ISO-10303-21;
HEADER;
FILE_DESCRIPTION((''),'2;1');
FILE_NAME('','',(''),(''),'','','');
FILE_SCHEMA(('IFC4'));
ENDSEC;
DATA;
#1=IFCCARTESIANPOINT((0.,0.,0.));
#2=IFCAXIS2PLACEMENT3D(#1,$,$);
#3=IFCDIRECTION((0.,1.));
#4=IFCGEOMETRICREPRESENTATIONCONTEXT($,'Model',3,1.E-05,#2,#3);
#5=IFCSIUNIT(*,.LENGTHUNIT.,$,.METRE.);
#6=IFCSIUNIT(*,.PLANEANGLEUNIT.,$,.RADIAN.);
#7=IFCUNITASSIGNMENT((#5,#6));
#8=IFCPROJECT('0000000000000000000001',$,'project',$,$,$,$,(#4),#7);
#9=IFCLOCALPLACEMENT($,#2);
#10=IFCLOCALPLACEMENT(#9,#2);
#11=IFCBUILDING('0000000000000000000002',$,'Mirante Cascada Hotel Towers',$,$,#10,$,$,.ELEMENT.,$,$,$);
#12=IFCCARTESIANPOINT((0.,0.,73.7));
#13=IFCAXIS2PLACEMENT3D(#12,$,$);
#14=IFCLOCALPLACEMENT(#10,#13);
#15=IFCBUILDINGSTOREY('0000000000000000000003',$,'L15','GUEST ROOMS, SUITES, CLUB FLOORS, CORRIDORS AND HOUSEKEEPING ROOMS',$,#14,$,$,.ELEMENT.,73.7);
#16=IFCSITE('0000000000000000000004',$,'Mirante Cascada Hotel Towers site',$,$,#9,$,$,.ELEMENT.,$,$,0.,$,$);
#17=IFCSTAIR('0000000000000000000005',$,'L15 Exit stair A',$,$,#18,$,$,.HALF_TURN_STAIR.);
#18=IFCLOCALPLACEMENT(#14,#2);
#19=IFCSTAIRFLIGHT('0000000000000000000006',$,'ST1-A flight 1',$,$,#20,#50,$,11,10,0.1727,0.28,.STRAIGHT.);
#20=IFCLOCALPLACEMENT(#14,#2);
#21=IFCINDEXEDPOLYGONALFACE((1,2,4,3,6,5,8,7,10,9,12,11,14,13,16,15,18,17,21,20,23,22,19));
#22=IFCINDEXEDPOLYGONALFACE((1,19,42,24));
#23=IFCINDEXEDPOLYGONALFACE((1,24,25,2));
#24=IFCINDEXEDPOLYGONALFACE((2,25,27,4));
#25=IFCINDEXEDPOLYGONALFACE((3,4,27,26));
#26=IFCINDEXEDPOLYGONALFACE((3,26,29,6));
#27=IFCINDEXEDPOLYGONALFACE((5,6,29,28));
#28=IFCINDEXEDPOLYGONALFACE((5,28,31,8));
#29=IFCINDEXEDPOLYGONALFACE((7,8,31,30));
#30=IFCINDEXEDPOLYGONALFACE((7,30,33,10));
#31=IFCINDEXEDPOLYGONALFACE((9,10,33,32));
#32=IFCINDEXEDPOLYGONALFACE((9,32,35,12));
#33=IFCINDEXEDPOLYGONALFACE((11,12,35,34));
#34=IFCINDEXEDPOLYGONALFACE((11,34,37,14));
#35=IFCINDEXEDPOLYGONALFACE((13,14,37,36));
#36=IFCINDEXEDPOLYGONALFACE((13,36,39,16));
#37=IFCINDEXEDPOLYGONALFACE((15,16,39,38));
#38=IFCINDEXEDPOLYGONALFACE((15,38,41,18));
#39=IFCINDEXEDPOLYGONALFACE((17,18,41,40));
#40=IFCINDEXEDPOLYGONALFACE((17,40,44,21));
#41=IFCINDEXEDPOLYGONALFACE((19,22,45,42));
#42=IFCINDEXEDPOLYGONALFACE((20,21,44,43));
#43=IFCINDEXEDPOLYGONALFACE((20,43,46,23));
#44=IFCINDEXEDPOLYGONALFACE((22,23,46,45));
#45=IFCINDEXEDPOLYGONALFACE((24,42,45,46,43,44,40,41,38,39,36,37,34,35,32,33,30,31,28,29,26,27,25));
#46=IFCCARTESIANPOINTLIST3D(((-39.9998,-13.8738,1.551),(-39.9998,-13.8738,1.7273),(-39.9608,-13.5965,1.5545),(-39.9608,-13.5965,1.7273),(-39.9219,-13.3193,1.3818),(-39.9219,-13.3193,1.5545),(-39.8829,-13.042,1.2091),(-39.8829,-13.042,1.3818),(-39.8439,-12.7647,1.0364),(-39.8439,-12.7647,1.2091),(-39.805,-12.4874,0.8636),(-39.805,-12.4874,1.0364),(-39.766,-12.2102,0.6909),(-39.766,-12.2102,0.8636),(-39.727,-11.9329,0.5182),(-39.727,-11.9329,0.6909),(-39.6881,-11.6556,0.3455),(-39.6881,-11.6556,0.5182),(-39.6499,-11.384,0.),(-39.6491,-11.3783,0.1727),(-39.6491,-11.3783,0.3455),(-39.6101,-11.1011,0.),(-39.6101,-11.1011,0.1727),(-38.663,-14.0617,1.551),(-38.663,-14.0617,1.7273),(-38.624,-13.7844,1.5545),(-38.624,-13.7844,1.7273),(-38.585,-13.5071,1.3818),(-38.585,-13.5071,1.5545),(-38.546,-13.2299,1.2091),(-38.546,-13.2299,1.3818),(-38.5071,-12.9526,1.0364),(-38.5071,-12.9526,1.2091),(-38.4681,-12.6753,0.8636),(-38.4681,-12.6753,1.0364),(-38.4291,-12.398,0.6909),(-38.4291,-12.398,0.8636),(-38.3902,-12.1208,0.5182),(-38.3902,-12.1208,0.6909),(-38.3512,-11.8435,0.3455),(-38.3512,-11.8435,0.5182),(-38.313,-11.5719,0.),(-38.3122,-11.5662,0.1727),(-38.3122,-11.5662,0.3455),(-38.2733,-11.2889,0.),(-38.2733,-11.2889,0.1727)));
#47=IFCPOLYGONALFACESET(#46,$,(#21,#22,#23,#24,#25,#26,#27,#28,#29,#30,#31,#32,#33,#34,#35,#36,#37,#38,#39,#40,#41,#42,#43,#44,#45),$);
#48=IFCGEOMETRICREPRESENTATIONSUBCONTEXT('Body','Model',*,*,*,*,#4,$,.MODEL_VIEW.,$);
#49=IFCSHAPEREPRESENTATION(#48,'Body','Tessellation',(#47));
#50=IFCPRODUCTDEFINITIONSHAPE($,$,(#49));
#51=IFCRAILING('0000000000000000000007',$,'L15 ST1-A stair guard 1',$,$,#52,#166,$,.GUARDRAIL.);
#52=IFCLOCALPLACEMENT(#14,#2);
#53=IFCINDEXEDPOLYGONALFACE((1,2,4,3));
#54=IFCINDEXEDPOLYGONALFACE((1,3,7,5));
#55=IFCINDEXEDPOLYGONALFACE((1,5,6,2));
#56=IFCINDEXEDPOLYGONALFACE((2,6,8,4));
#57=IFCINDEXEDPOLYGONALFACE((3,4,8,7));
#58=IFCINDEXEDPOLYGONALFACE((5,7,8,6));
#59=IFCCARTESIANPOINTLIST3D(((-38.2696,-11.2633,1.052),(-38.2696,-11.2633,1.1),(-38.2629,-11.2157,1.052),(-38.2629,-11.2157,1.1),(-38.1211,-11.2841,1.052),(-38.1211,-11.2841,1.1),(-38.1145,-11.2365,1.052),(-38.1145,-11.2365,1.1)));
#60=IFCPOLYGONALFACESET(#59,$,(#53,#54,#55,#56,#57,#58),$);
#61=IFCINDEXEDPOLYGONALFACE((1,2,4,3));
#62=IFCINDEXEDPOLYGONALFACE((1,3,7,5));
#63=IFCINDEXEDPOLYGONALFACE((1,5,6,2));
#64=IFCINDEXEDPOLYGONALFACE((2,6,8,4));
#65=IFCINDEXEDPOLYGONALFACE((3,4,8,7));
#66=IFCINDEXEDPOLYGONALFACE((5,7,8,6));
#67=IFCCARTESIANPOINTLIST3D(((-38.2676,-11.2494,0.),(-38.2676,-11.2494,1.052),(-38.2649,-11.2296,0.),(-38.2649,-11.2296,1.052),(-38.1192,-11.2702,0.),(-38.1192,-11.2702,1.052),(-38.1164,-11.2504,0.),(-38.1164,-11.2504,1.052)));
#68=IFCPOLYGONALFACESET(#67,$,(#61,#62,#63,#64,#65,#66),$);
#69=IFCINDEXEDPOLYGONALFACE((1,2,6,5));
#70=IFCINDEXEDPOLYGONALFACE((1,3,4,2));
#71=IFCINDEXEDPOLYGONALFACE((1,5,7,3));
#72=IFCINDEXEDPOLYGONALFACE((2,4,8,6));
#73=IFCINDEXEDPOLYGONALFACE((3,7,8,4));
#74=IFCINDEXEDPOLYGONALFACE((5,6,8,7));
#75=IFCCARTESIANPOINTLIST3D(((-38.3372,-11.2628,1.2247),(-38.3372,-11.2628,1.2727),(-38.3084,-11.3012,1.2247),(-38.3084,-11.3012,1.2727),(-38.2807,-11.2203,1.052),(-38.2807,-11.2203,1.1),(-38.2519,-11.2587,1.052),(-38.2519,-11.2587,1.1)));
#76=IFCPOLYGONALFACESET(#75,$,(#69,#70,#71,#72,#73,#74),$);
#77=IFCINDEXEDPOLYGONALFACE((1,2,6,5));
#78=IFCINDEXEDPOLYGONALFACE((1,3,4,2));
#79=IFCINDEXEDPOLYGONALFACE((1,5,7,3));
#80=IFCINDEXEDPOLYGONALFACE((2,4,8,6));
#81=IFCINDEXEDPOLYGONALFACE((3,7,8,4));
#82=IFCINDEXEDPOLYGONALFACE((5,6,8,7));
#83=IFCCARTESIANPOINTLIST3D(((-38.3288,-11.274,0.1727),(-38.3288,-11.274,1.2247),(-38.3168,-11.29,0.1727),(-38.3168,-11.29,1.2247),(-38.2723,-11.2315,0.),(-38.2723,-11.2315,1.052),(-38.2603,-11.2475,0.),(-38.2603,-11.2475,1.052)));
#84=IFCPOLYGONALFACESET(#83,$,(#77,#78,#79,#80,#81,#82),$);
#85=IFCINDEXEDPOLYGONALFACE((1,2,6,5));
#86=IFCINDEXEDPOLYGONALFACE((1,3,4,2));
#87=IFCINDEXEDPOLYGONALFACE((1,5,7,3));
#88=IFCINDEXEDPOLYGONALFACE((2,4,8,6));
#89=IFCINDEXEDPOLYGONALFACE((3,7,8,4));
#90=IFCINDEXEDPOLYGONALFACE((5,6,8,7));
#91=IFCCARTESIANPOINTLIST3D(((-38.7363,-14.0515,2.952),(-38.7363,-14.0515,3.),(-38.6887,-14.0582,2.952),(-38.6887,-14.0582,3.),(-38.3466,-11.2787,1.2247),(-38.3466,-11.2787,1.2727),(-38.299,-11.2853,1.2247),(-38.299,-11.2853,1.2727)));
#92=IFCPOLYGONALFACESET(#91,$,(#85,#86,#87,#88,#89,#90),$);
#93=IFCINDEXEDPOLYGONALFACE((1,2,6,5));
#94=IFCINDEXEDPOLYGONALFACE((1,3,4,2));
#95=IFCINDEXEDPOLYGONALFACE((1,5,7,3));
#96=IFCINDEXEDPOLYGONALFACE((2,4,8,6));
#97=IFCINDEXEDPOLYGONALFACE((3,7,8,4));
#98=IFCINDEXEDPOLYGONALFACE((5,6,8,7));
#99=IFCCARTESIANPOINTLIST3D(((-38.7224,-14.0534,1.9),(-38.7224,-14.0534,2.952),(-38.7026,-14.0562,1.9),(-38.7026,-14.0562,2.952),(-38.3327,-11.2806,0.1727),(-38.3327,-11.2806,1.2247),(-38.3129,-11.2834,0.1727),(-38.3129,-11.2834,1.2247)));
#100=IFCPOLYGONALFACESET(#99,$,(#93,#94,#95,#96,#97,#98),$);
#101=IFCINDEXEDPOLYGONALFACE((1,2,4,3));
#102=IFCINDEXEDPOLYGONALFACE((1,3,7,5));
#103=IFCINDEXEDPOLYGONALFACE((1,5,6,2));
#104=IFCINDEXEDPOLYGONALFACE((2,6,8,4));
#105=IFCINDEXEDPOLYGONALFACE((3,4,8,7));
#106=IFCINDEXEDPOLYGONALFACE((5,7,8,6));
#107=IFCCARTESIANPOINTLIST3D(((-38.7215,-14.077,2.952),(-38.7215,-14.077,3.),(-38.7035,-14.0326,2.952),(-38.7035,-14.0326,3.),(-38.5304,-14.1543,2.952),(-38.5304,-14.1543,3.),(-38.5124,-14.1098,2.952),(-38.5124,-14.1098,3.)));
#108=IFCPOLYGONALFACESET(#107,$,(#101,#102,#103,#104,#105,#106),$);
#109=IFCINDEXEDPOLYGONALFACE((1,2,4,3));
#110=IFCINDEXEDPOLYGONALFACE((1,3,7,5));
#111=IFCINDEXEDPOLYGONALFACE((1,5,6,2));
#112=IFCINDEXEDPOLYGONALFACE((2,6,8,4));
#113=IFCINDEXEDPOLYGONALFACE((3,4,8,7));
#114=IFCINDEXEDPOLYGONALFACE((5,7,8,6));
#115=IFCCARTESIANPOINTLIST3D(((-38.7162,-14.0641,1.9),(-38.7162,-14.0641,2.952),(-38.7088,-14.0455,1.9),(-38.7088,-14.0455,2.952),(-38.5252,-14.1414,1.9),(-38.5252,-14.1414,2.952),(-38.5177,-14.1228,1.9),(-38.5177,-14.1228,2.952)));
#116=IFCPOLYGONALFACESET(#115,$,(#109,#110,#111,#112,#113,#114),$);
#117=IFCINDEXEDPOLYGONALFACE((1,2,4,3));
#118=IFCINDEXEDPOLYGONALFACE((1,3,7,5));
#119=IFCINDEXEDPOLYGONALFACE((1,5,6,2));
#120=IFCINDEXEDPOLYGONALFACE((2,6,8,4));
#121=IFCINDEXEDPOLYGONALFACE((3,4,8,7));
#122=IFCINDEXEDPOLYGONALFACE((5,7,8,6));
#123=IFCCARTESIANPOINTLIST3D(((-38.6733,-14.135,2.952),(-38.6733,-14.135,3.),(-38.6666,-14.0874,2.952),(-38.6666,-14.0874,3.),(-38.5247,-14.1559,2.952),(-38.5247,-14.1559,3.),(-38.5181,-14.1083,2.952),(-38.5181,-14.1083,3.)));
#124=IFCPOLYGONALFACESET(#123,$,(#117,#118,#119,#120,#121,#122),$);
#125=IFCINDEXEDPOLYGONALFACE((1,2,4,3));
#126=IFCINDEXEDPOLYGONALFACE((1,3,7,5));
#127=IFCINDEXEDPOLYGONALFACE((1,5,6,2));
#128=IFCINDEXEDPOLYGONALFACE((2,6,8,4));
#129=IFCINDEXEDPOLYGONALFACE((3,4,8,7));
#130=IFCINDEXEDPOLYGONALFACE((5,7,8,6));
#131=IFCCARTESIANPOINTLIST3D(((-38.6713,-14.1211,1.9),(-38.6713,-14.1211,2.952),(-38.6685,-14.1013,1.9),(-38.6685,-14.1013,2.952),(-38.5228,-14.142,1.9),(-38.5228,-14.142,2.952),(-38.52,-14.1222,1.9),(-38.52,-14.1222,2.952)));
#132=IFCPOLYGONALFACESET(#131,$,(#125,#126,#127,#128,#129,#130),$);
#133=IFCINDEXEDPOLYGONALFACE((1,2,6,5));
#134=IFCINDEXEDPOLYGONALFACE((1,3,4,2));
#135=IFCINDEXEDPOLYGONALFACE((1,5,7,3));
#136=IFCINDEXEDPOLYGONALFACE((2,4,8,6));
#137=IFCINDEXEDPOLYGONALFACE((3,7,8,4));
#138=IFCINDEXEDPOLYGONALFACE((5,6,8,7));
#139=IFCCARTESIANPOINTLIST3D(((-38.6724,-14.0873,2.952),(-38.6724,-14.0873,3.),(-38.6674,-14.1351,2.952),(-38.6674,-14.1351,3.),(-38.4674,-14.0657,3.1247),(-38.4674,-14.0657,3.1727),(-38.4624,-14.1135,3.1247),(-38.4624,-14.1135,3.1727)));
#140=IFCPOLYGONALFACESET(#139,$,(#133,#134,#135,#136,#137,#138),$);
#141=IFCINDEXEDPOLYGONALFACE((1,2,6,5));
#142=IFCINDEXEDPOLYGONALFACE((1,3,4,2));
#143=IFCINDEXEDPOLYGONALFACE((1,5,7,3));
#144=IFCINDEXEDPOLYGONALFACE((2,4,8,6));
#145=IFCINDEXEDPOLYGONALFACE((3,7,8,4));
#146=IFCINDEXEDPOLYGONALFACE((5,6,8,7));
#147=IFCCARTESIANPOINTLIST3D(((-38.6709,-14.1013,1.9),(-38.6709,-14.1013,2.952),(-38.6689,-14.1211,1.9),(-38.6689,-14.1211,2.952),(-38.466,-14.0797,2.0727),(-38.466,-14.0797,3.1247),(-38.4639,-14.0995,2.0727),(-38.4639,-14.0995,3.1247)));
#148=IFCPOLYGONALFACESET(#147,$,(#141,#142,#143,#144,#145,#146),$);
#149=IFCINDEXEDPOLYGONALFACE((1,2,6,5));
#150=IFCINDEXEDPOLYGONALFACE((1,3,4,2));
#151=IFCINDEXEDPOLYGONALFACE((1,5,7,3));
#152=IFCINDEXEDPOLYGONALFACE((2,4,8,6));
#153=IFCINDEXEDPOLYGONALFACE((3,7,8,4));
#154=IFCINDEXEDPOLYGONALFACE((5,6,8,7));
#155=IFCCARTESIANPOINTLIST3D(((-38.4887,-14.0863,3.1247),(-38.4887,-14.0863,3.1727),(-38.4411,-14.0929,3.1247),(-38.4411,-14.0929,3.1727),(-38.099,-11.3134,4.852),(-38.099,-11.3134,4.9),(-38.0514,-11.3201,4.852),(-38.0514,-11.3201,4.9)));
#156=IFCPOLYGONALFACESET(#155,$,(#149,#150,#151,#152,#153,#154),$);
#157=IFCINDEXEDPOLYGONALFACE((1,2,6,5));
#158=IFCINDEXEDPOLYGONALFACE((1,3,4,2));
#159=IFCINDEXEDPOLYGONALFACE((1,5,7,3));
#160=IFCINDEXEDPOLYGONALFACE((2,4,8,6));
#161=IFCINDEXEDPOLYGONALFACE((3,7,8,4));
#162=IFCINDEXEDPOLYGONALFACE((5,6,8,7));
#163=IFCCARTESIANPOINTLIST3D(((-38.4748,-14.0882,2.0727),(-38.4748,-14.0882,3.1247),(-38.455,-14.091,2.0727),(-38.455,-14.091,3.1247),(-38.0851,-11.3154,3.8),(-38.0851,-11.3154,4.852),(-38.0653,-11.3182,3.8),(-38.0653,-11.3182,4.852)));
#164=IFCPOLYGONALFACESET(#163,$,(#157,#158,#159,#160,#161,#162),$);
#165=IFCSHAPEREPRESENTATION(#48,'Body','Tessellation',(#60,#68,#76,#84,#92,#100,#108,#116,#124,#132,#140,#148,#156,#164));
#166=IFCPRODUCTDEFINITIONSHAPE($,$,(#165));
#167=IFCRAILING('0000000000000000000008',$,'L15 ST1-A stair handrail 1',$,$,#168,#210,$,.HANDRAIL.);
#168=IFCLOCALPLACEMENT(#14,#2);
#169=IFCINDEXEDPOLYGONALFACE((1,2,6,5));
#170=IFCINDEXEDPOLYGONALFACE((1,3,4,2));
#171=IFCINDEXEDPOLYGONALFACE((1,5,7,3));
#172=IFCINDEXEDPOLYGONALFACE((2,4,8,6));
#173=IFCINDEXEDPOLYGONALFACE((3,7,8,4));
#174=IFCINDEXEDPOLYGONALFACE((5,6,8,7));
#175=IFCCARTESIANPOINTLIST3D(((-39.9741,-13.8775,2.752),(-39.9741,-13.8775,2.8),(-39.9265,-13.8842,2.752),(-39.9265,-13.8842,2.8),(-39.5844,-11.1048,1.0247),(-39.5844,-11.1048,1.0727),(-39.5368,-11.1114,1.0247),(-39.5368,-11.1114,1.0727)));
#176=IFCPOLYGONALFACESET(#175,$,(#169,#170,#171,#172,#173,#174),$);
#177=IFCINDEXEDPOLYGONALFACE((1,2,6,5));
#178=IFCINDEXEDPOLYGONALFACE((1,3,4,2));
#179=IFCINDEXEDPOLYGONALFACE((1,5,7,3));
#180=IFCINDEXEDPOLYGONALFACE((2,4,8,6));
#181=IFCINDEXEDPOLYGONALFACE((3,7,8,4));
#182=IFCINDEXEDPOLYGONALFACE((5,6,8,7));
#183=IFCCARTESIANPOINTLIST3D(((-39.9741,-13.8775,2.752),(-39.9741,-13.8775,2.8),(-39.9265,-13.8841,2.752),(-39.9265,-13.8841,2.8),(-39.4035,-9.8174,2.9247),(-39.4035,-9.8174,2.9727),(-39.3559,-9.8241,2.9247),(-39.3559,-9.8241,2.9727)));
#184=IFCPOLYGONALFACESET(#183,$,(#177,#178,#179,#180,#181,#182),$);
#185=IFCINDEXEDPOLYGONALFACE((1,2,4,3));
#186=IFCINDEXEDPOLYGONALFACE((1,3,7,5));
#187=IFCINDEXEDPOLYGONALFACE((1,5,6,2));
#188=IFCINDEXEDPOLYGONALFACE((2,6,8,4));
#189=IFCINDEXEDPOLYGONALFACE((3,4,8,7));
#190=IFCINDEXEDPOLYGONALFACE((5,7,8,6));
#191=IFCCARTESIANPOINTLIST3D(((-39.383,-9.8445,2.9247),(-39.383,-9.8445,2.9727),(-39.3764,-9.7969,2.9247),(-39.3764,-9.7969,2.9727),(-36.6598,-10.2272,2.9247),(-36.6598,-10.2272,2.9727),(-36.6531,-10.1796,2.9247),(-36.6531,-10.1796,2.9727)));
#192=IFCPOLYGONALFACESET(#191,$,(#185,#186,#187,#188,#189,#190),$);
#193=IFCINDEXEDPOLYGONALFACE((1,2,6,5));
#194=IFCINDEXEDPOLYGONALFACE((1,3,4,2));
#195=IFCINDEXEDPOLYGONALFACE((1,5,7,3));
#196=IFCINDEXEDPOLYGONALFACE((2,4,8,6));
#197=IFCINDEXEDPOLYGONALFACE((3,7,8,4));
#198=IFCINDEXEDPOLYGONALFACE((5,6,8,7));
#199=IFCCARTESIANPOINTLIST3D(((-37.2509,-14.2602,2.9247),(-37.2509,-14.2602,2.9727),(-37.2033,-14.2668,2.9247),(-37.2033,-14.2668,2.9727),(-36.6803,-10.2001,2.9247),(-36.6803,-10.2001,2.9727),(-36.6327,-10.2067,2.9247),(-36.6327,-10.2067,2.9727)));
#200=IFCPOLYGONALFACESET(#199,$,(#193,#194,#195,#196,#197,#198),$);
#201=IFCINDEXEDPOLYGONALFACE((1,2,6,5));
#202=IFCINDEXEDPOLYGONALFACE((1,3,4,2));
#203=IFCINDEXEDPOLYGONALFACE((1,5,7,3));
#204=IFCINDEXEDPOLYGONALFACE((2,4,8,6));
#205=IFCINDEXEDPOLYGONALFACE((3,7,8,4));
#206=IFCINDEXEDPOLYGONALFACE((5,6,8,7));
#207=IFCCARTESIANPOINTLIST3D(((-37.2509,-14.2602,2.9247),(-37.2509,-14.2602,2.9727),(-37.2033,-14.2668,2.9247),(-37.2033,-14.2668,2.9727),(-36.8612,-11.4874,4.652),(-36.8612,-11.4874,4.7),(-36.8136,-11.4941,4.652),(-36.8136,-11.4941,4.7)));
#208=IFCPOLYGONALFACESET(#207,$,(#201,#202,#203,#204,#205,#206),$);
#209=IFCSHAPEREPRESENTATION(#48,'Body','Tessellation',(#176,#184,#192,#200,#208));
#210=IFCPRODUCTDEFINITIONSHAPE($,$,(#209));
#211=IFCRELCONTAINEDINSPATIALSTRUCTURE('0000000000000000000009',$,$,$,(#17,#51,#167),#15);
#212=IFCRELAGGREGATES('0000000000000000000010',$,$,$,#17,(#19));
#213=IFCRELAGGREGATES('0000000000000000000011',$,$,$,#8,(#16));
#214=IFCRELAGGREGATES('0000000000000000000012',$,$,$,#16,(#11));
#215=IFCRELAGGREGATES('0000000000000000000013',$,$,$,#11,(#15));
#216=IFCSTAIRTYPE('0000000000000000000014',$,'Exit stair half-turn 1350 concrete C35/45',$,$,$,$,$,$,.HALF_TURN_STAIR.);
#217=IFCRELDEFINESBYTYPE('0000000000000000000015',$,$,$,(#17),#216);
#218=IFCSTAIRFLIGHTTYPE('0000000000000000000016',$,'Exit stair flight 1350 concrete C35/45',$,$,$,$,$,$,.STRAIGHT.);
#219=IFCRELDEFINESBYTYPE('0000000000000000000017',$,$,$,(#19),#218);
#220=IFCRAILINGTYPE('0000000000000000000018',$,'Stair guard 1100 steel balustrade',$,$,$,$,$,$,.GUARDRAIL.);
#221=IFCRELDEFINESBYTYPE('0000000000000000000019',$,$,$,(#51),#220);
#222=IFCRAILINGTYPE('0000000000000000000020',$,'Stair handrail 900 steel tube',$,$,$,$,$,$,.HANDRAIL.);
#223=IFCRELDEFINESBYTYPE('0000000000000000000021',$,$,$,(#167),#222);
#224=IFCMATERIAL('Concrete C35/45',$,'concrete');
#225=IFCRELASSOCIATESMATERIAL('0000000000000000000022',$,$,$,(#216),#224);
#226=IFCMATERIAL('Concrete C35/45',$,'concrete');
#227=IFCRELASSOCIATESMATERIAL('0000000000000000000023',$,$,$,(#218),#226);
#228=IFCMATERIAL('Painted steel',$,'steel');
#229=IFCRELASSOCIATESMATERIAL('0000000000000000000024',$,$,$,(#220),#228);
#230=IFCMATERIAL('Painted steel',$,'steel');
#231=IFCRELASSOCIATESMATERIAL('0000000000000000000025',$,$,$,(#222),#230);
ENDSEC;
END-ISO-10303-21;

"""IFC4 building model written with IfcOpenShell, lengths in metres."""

from ifc_helpers import new_model, si_unit, direction, frame, origin, origin_2d, place, context, subcontext, project, spatial, polyline, rectangle, outline, extrude, material, type_object, element, aggregate, save


model = new_model("IFC4")

# Units and contexts
model_context = context("Model", 3, precision=1e-05, world=origin(), true_north=direction((0.0, 1.0)))
body_context = subcontext(model_context, "Body", "Model", "MODEL_VIEW")
ifc_project = project(units=[si_unit("LENGTHUNIT", "METRE"), si_unit("PLANEANGLEUNIT", "RADIAN")], contexts=[model_context])

# Site, building, storey
site_placement = place(None, origin())
site = spatial("IfcSite", under=ifc_project, at=site_placement, Name="Mirante Cascada Hotel Towers site", CompositionType="ELEMENT", RefElevation=0.0)
building_placement = place(site_placement, origin())
building = spatial("IfcBuilding", under=site, at=building_placement, Name="Mirante Cascada Hotel Towers", CompositionType="ELEMENT")
storey_placement = place(building_placement, frame((0.0, 0.0, 73.7)))
storey = spatial("IfcBuildingStorey", under=building, at=storey_placement, Name="L15", Description="GUEST ROOMS, SUITES, CLUB FLOORS, CORRIDORS AND HOUSEKEEPING ROOMS", CompositionType="ELEMENT", Elevation=73.7)

# Stair, stair flight
ifc_material_1 = material(Name="Concrete C35/45", Category="concrete")
stair_type = type_object("IfcStairType", Name="Exit stair half-turn 1350 concrete C35/45", PredefinedType="HALF_TURN_STAIR", material=ifc_material_1)
stair_placement = place(storey_placement, origin())
stair = element("IfcStair", 1, at=stair_placement, inside=storey, type_object=stair_type, Name="L15 Exit stair A", PredefinedType="HALF_TURN_STAIR")
ifc_material_2 = material(Name="Concrete C35/45", Category="concrete")
stair_flight_type = type_object("IfcStairFlightType", Name="Exit stair flight 1350 concrete C35/45", PredefinedType="STRAIGHT", material=ifc_material_2)
stair_flight_placement = place(storey_placement, frame((-38.9417, -11.195, 0.0), z_axis=(0.0, 0.0, 1.0), x_axis=(-0.139173, -0.990268, 0.0)))
stair_flight = element("IfcStairFlight", 2, at=stair_flight_placement, type_object=stair_flight_type, Name="ST1-A flight 1", NumberOfRisers=11, NumberOfTreads=10, PredefinedType="STRAIGHT", RiserHeight=0.1727, TreadLength=0.28, context=body_context, shape_type="SweptSolid", body=[
    extrude(outline(polyline([(0.0, 0.0), (0.0, 0.1727), (0.28, 0.1727), (0.28, 0.3455), (0.56, 0.3455), (0.56, 0.5182), (0.84, 0.5182), (0.84, 0.6909), (1.12, 0.6909), (1.12, 0.8636), (1.4, 0.8636), (1.4, 1.0364), (1.68, 1.0364), (1.68, 1.2091), (1.96, 1.2091), (1.96, 1.3818), (2.24, 1.3818), (2.24, 1.5545), (2.52, 1.5545), (2.52, 1.7273), (2.8, 1.7273), (2.8, 1.9), (2.8, 1.551), (0.2857, 0.0), (0.0, 0.0)])), frame((0.0, 0.675, 0.0), z_axis=(0.0, -1.0, 0.0), x_axis=(1.0, 0.0, 0.0)), (0.0, 0.0, 1.0), 1.35),
])
aggregate(stair, [stair_flight])

# Railings
ifc_material_3 = material(Name="Painted steel", Category="steel")
railing_type_1 = type_object("IfcRailingType", Name="Stair guard 1100 steel balustrade", PredefinedType="GUARDRAIL", material=ifc_material_3)
railing_1_placement = place(storey_placement, frame((-38.1178, -11.2603, 0.0)))
element("IfcRailing", 3, at=railing_1_placement, inside=storey, type_object=railing_type_1, Name="L15 ST1-A stair guard 1", PredefinedType="GUARDRAIL", context=body_context, shape_type="SweptSolid", body=[
    extrude(rectangle(XDim=0.048, YDim=0.048, at=origin_2d()), frame((0.0, 0.0, 1.076), z_axis=(-0.990333, 0.138713, 0.0), x_axis=(-0.138713, -0.990333, 0.0)), (0.0, 0.0, 1.0), 0.1499),
    extrude(rectangle(XDim=0.02, YDim=1.052, at=origin_2d()), frame((0.0, 0.0, 0.526), z_axis=(-0.990333, 0.138713, 0.0), x_axis=(-0.138713, -0.990333, 0.0)), (0.0, 0.0, 1.0), 0.1499),
    extrude(rectangle(XDim=0.048, YDim=0.048, at=origin_2d()), frame((-0.1485, 0.0208, 1.076), z_axis=(-0.79915, -0.601131, 0.0), x_axis=(0.601131, -0.79915, 0.0)), (0.0, 0.925453, 0.378863), 0.1866),
    extrude(rectangle(XDim=0.02, YDim=1.052, at=origin_2d()), frame((-0.1485, 0.0208, 0.526), z_axis=(-0.79915, -0.601131, 0.0), x_axis=(0.601131, -0.79915, 0.0)), (0.0, 0.925453, 0.378863), 0.1866),
    extrude(rectangle(XDim=0.048, YDim=0.048, at=origin_2d()), frame((-0.205, -0.0217, 1.2487), z_axis=(-0.139176, -0.990268, 0.0), x_axis=(0.990268, -0.139176, 0.0)), (0.0, 0.525021, 0.851089), 3.29),
    extrude(rectangle(XDim=0.02, YDim=1.052, at=origin_2d()), frame((-0.205, -0.0217, 0.6987), z_axis=(-0.139176, -0.990268, 0.0), x_axis=(0.990268, -0.139176, 0.0)), (0.0, 0.525021, 0.851089), 3.29),
    extrude(rectangle(XDim=0.048, YDim=0.048, at=origin_2d()), frame((-0.5947, -2.7945, 2.976), z_axis=(0.927031, -0.374984, 0.0), x_axis=(0.374984, 0.927031, 0.0)), (0.0, 0.0, 1.0), 0.2061),
    extrude(rectangle(XDim=0.02, YDim=1.052, at=origin_2d()), frame((-0.5947, -2.7945, 2.426), z_axis=(0.927031, -0.374984, 0.0), x_axis=(0.374984, 0.927031, 0.0)), (0.0, 0.0, 1.0), 0.2061),
    extrude(rectangle(XDim=0.048, YDim=0.048, at=origin_2d()), frame((-0.4036, -2.8718, 2.976), z_axis=(-0.990241, 0.139367, 0.0), x_axis=(-0.139367, -0.990241, 0.0)), (0.0, 0.0, 1.0), 0.15),
    extrude(rectangle(XDim=0.02, YDim=1.052, at=origin_2d()), frame((-0.4036, -2.8718, 2.426), z_axis=(-0.990241, 0.139367, 0.0), x_axis=(-0.139367, -0.990241, 0.0)), (0.0, 0.0, 1.0), 0.15),
    extrude(rectangle(XDim=0.048, YDim=0.048, at=origin_2d()), frame((-0.5521, -2.8509, 2.976), z_axis=(0.994495, 0.104786, 0.0), x_axis=(-0.104786, 0.994495, 0.0)), (0.0, 0.642203, 0.766534), 0.2689),
    extrude(rectangle(XDim=0.02, YDim=1.052, at=origin_2d()), frame((-0.5521, -2.8509, 2.426), z_axis=(0.994495, 0.104786, 0.0), x_axis=(-0.104786, 0.994495, 0.0)), (0.0, 0.642203, 0.766534), 0.2689),
    extrude(rectangle(XDim=0.048, YDim=0.048, at=origin_2d()), frame((-0.3471, -2.8293, 3.1487), z_axis=(0.139176, 0.990268, 0.0), x_axis=(-0.990268, 0.139176, 0.0)), (0.0, 0.525021, 0.851089), 3.29),
    extrude(rectangle(XDim=0.02, YDim=1.052, at=origin_2d()), frame((-0.3471, -2.8293, 2.5987), z_axis=(0.139176, 0.990268, 0.0), x_axis=(-0.990268, 0.139176, 0.0)), (0.0, 0.525021, 0.851089), 3.29),
])
ifc_material_4 = material(Name="Painted steel", Category="steel")
railing_type_2 = type_object("IfcRailingType", Name="Stair handrail 900 steel tube", PredefinedType="HANDRAIL", material=ifc_material_4)
railing_2_placement = place(storey_placement, frame((-39.5606, -11.1081, 0.1727)))
element("IfcRailing", 4, at=railing_2_placement, inside=storey, type_object=railing_type_2, Name="L15 ST1-A stair handrail 1", PredefinedType="HANDRAIL", context=body_context, shape_type="SweptSolid", body=[
    extrude(rectangle(XDim=0.048, YDim=0.048, at=origin_2d()), frame((0.0, 0.0, 0.876), z_axis=(-0.139181, -0.990267, 0.0), x_axis=(0.990267, -0.139181, 0.0)), (0.0, 0.525035, 0.851081), 3.2899),
    extrude(rectangle(XDim=0.048, YDim=0.048, at=origin_2d()), frame((-0.3897, -2.7727, 2.6033), z_axis=(0.139171, 0.990268, 0.0), x_axis=(-0.990268, 0.139171, 0.0)), (0.0, 0.042085, 0.999114), 4.1036),
    extrude(rectangle(XDim=0.048, YDim=0.048, at=origin_2d()), frame((0.1809, 1.2874, 2.776), z_axis=(0.990269, -0.139166, 0.0), x_axis=(0.139166, 0.990269, 0.0)), (0.0, 0.0, 1.0), 2.75),
    extrude(rectangle(XDim=0.048, YDim=0.048, at=origin_2d()), frame((2.9041, 0.9047, 2.776), z_axis=(-0.139171, -0.990268, 0.0), x_axis=(0.990268, -0.139171, 0.0)), (0.0, 0.0, 1.0), 4.1),
    extrude(rectangle(XDim=0.048, YDim=0.048, at=origin_2d()), frame((2.3335, -3.1554, 2.776), z_axis=(0.139181, 0.990267, 0.0), x_axis=(-0.990267, 0.139181, 0.0)), (0.0, 0.525035, 0.851081), 3.2899),
])

save(model, "model.ifc")
